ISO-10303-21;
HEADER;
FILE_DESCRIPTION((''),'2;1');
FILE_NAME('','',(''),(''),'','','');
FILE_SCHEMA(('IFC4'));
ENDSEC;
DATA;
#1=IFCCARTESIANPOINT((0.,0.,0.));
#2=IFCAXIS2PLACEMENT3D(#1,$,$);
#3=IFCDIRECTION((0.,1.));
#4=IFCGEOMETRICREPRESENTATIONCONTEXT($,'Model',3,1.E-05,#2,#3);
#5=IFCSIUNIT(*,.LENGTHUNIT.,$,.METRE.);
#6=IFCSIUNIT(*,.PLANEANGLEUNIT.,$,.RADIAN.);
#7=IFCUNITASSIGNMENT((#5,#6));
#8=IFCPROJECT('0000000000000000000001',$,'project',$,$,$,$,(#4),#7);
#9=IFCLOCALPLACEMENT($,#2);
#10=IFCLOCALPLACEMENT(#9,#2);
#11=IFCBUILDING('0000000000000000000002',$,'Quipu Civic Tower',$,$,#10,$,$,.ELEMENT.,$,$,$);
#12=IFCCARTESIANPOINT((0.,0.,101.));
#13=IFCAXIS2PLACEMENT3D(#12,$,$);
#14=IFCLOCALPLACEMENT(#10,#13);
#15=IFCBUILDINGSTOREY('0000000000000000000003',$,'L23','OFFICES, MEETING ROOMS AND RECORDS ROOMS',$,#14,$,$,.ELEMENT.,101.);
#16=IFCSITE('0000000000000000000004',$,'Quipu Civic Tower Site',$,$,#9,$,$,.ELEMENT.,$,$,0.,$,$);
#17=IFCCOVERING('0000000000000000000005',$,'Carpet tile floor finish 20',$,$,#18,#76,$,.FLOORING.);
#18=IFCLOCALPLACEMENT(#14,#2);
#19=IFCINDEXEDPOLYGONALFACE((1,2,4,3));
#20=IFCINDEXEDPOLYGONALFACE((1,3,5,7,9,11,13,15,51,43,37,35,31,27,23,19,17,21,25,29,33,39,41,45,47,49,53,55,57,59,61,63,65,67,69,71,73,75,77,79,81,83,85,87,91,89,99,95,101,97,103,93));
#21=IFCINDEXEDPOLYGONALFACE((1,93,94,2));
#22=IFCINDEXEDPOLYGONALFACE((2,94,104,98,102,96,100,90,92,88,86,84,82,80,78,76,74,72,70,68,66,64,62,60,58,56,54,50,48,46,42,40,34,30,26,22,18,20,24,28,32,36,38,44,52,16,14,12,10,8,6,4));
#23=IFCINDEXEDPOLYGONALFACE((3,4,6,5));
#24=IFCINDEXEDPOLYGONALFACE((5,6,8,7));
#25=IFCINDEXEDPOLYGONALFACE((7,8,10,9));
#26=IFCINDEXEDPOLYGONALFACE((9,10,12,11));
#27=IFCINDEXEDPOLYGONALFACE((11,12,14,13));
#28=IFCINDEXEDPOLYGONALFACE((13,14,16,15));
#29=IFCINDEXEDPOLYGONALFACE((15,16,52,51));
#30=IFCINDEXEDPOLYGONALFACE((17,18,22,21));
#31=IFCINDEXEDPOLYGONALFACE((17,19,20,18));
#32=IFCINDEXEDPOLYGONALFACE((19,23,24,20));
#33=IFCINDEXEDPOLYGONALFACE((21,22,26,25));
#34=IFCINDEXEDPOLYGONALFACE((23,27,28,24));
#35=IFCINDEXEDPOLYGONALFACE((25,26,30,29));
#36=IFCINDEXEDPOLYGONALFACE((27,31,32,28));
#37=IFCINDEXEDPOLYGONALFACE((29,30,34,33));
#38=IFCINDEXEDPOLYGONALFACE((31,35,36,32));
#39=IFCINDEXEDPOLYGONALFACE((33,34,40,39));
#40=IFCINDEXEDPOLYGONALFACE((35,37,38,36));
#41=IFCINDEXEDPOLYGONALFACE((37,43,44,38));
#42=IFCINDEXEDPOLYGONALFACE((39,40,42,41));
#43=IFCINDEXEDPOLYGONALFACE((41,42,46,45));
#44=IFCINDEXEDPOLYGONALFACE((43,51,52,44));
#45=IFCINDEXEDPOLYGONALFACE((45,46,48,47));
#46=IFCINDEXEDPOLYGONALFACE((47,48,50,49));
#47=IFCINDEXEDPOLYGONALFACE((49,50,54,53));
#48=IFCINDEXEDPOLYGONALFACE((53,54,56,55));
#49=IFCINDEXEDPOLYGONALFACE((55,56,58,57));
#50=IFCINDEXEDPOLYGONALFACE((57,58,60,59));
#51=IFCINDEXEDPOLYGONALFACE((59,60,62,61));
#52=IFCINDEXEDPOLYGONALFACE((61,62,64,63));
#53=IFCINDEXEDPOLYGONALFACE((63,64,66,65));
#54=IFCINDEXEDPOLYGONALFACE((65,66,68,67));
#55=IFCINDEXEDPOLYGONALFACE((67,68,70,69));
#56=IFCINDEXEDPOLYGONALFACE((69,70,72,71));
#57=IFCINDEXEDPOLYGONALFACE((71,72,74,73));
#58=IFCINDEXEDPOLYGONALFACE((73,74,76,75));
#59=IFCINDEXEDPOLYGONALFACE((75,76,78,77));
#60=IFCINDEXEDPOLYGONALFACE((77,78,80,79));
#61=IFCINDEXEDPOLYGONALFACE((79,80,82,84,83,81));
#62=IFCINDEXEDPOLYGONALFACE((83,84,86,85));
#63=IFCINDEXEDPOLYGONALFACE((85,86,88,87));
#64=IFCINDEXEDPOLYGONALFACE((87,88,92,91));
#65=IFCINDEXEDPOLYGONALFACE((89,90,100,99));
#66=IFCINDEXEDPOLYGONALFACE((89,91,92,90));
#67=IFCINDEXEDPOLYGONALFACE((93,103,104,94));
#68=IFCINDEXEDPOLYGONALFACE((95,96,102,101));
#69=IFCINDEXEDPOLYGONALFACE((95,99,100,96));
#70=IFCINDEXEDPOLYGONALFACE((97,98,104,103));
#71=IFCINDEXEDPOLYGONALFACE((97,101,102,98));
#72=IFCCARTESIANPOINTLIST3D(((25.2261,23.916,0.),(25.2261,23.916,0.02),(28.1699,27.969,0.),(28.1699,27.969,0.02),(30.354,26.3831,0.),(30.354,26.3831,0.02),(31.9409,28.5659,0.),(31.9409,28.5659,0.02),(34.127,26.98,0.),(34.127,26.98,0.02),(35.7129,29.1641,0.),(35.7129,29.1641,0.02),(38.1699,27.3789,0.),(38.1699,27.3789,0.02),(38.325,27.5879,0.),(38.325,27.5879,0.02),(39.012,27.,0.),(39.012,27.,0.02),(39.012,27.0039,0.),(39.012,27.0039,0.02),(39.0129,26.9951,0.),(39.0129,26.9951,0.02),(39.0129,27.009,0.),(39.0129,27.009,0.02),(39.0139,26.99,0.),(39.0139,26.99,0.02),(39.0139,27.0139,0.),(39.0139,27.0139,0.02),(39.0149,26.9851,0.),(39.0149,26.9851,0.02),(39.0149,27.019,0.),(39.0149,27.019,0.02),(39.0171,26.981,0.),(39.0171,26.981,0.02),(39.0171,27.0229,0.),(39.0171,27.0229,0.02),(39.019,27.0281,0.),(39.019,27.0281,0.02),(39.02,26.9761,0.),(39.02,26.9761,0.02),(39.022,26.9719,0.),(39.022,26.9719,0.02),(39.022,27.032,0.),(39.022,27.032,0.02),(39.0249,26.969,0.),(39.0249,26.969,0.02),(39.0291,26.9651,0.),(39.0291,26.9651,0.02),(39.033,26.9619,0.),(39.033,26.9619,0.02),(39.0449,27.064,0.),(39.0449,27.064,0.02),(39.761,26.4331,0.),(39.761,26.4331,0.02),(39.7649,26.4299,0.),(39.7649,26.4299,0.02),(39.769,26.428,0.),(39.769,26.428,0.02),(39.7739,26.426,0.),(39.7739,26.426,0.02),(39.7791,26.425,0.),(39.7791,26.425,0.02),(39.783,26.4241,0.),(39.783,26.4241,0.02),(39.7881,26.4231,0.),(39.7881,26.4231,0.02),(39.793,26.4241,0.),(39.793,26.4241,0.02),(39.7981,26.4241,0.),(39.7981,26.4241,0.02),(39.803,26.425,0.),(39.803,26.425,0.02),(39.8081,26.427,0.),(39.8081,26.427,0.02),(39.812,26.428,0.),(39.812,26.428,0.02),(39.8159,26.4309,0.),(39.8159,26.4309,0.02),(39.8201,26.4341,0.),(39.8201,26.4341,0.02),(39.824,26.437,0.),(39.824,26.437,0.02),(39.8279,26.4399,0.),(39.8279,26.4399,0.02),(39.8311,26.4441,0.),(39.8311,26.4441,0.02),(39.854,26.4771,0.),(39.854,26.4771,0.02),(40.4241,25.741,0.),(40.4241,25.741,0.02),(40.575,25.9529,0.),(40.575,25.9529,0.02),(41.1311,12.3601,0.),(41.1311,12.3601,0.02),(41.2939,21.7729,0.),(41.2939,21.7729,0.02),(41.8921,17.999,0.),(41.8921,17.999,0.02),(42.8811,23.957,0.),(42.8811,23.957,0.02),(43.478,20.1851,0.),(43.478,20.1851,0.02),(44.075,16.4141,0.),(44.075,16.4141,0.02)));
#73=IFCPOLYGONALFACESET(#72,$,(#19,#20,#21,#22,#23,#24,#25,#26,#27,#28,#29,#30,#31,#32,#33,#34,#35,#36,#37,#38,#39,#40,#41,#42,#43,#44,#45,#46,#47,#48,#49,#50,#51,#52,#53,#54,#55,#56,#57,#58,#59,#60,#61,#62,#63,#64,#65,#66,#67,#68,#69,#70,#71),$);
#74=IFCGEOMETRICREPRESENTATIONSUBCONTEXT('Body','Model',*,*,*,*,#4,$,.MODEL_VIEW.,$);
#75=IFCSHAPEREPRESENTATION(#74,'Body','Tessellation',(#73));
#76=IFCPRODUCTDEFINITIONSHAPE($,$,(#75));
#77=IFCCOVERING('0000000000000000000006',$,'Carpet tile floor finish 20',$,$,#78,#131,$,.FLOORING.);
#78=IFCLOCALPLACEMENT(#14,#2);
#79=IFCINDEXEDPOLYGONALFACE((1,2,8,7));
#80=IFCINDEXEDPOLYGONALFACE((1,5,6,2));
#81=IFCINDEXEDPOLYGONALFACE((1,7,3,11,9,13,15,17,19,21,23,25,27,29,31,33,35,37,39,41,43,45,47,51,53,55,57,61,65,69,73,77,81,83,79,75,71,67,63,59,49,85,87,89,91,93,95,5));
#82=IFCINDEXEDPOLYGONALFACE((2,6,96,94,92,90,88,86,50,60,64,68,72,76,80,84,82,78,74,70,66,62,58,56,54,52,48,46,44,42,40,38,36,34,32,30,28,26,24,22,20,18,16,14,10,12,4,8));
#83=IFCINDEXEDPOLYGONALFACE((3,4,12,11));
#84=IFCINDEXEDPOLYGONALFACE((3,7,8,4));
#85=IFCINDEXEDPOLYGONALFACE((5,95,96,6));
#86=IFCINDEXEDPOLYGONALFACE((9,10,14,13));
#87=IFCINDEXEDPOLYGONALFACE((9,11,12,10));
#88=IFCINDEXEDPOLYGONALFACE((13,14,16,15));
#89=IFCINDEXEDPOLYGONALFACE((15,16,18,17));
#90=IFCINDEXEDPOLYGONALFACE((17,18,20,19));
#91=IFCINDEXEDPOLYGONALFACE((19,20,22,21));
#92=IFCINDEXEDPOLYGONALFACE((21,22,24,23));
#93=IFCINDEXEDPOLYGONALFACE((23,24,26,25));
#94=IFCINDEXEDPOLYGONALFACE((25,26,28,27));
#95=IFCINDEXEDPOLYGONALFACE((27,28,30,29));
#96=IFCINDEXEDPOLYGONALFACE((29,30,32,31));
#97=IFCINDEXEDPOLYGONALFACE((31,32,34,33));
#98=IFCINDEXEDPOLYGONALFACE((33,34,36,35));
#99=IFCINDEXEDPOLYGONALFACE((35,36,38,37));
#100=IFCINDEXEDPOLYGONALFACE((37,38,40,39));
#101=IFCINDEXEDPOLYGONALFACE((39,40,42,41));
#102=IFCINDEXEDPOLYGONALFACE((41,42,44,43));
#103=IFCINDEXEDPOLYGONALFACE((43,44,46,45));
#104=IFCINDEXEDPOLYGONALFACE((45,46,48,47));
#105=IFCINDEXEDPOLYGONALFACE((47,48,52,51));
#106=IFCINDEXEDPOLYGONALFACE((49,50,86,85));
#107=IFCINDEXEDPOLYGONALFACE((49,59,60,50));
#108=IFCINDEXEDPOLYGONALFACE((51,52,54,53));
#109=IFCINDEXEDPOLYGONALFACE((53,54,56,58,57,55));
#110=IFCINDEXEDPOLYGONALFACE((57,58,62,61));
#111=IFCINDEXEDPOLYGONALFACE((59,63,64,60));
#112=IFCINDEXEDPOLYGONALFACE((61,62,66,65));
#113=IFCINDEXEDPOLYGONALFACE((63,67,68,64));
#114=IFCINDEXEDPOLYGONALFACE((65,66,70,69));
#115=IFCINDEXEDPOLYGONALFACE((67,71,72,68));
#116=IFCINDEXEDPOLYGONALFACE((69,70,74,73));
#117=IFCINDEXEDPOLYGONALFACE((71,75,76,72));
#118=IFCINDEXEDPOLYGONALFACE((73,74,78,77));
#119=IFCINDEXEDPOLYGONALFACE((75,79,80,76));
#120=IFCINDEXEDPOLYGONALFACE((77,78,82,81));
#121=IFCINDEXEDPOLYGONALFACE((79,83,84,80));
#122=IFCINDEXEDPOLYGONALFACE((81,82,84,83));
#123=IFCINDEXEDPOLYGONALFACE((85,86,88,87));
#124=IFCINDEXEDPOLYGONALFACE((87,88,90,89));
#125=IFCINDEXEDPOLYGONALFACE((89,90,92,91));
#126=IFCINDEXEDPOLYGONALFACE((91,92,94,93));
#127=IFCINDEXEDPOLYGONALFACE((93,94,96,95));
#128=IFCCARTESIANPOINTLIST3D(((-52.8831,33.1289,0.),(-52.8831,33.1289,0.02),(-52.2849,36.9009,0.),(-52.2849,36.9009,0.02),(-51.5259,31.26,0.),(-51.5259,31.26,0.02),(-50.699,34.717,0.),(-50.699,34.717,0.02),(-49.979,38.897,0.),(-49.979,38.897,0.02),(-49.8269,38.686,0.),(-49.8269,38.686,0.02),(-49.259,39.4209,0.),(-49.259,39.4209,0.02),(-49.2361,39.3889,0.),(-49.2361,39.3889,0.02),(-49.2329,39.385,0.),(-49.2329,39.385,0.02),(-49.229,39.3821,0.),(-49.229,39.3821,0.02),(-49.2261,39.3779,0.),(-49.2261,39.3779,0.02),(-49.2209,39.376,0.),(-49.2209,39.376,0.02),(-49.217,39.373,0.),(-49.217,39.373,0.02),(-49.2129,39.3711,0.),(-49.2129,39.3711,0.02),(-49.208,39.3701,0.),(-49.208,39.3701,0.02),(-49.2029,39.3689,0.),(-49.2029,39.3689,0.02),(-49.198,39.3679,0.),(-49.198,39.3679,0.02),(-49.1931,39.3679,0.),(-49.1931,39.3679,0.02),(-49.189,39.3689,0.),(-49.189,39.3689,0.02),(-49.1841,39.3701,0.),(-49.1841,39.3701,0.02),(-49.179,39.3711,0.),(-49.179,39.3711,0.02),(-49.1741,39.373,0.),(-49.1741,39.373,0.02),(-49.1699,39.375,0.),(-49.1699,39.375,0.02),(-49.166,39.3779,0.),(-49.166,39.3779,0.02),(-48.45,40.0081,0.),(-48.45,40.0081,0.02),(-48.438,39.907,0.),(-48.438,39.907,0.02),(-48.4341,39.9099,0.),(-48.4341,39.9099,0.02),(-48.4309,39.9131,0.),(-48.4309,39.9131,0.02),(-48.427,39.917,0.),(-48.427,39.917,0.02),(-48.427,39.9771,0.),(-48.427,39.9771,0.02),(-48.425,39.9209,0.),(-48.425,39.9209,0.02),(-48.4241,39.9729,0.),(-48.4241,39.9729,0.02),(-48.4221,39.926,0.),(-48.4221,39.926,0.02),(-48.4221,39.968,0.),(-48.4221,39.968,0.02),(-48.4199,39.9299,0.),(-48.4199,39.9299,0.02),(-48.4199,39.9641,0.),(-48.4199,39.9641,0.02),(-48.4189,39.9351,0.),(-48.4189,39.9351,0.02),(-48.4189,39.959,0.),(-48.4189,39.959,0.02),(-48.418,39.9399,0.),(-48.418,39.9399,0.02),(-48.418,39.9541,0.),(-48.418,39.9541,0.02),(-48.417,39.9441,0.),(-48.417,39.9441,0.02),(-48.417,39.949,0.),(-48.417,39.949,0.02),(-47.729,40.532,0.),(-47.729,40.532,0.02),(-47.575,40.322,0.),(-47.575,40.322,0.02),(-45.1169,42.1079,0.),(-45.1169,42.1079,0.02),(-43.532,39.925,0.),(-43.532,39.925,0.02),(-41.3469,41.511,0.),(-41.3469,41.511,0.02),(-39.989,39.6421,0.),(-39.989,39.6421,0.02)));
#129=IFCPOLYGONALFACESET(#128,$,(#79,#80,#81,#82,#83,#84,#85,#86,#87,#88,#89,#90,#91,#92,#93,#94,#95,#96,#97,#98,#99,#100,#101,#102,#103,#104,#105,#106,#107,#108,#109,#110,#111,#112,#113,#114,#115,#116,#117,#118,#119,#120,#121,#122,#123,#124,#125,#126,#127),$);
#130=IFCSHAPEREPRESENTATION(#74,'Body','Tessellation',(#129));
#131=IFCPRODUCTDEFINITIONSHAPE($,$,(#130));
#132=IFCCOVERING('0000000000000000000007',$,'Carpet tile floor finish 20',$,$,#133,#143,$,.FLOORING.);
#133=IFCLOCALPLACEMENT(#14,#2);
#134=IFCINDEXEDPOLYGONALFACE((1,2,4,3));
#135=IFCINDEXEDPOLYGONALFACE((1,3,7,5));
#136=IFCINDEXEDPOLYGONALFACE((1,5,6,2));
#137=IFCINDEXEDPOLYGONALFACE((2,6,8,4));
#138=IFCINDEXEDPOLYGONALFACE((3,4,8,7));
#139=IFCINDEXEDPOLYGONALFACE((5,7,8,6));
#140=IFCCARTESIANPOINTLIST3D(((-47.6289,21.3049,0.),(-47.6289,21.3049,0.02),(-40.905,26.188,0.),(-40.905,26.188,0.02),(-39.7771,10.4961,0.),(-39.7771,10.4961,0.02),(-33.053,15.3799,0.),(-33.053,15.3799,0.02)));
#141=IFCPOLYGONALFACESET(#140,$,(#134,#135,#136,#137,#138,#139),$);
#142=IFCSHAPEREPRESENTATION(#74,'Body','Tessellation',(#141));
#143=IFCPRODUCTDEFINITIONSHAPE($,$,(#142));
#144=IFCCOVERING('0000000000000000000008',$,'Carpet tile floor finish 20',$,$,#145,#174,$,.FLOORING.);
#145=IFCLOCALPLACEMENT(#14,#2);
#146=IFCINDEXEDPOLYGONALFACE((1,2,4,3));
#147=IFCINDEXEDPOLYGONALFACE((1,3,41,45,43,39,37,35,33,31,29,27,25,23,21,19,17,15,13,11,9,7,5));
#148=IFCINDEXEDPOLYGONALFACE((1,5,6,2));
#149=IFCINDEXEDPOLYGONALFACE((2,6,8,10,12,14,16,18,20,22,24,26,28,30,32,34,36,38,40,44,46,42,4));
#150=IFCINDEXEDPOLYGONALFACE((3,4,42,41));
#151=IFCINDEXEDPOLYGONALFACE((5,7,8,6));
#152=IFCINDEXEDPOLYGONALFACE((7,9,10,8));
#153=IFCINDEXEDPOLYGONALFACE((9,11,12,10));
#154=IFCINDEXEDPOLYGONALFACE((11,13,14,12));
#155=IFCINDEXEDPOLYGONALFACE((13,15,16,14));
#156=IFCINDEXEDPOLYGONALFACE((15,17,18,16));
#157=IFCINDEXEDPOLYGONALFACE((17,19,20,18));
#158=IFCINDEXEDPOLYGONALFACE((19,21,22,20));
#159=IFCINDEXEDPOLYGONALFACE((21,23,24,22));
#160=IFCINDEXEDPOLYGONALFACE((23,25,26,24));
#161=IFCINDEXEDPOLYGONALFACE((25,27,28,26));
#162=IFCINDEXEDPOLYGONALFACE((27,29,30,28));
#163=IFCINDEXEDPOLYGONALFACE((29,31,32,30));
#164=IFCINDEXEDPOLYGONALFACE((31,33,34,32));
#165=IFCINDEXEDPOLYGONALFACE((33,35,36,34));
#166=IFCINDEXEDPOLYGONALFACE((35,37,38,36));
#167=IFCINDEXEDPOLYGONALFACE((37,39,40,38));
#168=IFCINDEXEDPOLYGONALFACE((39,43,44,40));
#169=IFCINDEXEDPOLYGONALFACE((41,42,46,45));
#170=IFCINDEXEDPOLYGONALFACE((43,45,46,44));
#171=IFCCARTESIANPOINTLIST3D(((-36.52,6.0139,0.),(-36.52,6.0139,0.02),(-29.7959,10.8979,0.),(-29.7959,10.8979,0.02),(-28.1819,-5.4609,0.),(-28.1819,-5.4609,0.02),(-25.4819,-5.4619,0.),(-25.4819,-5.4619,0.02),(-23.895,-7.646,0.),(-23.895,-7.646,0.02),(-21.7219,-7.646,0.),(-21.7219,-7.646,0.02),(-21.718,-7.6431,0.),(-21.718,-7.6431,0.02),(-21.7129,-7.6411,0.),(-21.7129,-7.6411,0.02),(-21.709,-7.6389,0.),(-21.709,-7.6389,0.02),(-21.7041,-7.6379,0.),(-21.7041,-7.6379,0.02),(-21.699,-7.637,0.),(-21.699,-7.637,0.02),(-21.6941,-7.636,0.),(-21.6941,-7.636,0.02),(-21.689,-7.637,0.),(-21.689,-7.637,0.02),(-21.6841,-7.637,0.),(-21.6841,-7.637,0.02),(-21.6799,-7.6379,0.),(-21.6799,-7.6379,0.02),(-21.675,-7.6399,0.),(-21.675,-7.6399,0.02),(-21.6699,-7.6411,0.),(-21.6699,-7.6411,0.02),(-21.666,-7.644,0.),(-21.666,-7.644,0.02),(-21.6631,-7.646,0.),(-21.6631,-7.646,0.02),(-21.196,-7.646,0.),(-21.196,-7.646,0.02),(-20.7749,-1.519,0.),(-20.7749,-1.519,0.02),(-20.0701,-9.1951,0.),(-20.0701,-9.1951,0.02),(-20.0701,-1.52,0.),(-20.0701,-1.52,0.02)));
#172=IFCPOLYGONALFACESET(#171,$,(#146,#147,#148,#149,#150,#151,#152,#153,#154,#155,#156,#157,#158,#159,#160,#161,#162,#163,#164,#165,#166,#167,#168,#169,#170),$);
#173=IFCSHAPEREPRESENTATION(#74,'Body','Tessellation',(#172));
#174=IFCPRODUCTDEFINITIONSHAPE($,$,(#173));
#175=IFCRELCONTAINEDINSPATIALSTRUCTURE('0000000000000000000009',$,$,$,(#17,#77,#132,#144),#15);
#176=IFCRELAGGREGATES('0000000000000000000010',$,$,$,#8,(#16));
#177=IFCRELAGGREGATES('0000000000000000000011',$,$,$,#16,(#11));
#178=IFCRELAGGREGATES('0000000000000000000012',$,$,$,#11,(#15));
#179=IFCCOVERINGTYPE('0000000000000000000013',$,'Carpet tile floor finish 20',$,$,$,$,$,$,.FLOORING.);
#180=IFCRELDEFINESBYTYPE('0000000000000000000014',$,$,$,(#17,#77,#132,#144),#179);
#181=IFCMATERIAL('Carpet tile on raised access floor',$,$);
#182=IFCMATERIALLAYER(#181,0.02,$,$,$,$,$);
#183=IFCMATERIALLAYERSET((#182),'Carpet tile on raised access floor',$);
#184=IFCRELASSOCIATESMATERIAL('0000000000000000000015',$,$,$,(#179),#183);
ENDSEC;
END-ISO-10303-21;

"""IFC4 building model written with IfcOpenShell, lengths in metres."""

from ifc_helpers import new_model, si_unit, direction, frame, origin, place, context, subcontext, project, spatial, polyline, outline, extrude, material, layer, layer_set, type_object, element, save


model = new_model("IFC4")

# Units and contexts
model_context = context("Model", 3, precision=1e-05, world=origin(), true_north=direction((0.0, 1.0)))
body_context = subcontext(model_context, "Body", "Model", "MODEL_VIEW")
ifc_project = project(units=[si_unit("LENGTHUNIT", "METRE"), si_unit("PLANEANGLEUNIT", "RADIAN")], contexts=[model_context])

# Site, building, storey
site_placement = place(None, origin())
site = spatial("IfcSite", under=ifc_project, at=site_placement, Name="Quipu Civic Tower Site", CompositionType="ELEMENT", RefElevation=0.0)
building_placement = place(site_placement, origin())
building = spatial("IfcBuilding", under=site, at=building_placement, Name="Quipu Civic Tower", CompositionType="ELEMENT")
storey_placement = place(building_placement, frame((0.0, 0.0, 101.0)))
storey = spatial("IfcBuildingStorey", under=building, at=storey_placement, Name="L23", Description="OFFICES, MEETING ROOMS AND RECORDS ROOMS", CompositionType="ELEMENT", Elevation=101.0)

# Coverings
ifc_material_1 = material(Name="Carpet tile on raised access floor")
ifc_layer_1 = layer(ifc_material_1, 0.02)
ifc_layer_set_1 = layer_set([ifc_layer_1], Name="Carpet tile on raised access floor")
covering_type_1 = type_object("IfcCoveringType", Name="Carpet tile floor finish 20", PredefinedType="FLOORING", material=ifc_layer_set_1)
covering_1_placement = place(storey_placement, origin())
element("IfcCovering", 1, at=covering_1_placement, inside=storey, type_object=covering_type_1, Name="Carpet tile floor finish 20", PredefinedType="FLOORING", context=body_context, shape_type="SweptSolid", body=[
    extrude(outline(polyline([(25.2261, 23.916), (28.1699, 27.969), (30.354, 26.3831), (31.9409, 28.5659), (34.127, 26.98), (35.7129, 29.1641), (38.1699, 27.3789), (38.325, 27.5879), (39.0449, 27.064), (39.022, 27.032), (39.019, 27.0281), (39.0171, 27.0229), (39.0149, 27.019), (39.0139, 27.0139), (39.0129, 27.009), (39.012, 27.0039), (39.012, 27.0), (39.0129, 26.9951), (39.0139, 26.99), (39.0149, 26.9851), (39.0171, 26.981), (39.02, 26.9761), (39.022, 26.9719), (39.0249, 26.969), (39.0291, 26.9651), (39.033, 26.9619), (39.761, 26.4331), (39.7649, 26.4299), (39.769, 26.428), (39.7739, 26.426), (39.7791, 26.425), (39.783, 26.4241), (39.7881, 26.4231), (39.793, 26.4241), (39.7981, 26.4241), (39.803, 26.425), (39.8081, 26.427), (39.812, 26.428), (39.8159, 26.4309), (39.8201, 26.4341), (39.824, 26.437), (39.8279, 26.4399), (39.8311, 26.4441), (39.854, 26.4771), (40.575, 25.9529), (40.4241, 25.741), (42.8811, 23.957), (41.2939, 21.7729), (43.478, 20.1851), (41.8921, 17.999), (44.075, 16.4141), (41.1311, 12.3601), (25.2261, 23.916)])), origin(), (0.0, 0.0, 1.0), 0.02),
])
covering_2_placement = place(storey_placement, origin())
element("IfcCovering", 2, at=covering_2_placement, inside=storey, type_object=covering_type_1, Name="Carpet tile floor finish 20", PredefinedType="FLOORING", context=body_context, shape_type="SweptSolid", body=[
    extrude(outline(polyline([(-52.8831, 33.1289), (-50.699, 34.717), (-52.2849, 36.9009), (-49.8269, 38.686), (-49.979, 38.897), (-49.259, 39.4209), (-49.2361, 39.3889), (-49.2329, 39.385), (-49.229, 39.3821), (-49.2261, 39.3779), (-49.2209, 39.376), (-49.217, 39.373), (-49.2129, 39.3711), (-49.208, 39.3701), (-49.2029, 39.3689), (-49.198, 39.3679), (-49.1931, 39.3679), (-49.189, 39.3689), (-49.1841, 39.3701), (-49.179, 39.3711), (-49.1741, 39.373), (-49.1699, 39.375), (-49.166, 39.3779), (-48.438, 39.907), (-48.4341, 39.9099), (-48.4309, 39.9131), (-48.427, 39.917), (-48.425, 39.9209), (-48.4221, 39.926), (-48.4199, 39.9299), (-48.4189, 39.9351), (-48.418, 39.9399), (-48.417, 39.9441), (-48.417, 39.949), (-48.418, 39.9541), (-48.4189, 39.959), (-48.4199, 39.9641), (-48.4221, 39.968), (-48.4241, 39.9729), (-48.427, 39.9771), (-48.45, 40.0081), (-47.729, 40.532), (-47.575, 40.322), (-45.1169, 42.1079), (-43.532, 39.925), (-41.3469, 41.511), (-39.989, 39.6421), (-51.5259, 31.26), (-52.8831, 33.1289)])), origin(), (0.0, 0.0, 1.0), 0.02),
])
covering_3_placement = place(storey_placement, origin())
element("IfcCovering", 3, at=covering_3_placement, inside=storey, type_object=covering_type_1, Name="Carpet tile floor finish 20", PredefinedType="FLOORING", context=body_context, shape_type="SweptSolid", body=[
    extrude(outline(polyline([(-47.6289, 21.3049), (-40.905, 26.188), (-33.053, 15.3799), (-39.7771, 10.4961), (-47.6289, 21.3049)])), origin(), (0.0, 0.0, 1.0), 0.02),
])
covering_4_placement = place(storey_placement, origin())
element("IfcCovering", 4, at=covering_4_placement, inside=storey, type_object=covering_type_1, Name="Carpet tile floor finish 20", PredefinedType="FLOORING", context=body_context, shape_type="SweptSolid", body=[
    extrude(outline(polyline([(-36.52, 6.0139), (-29.7959, 10.8979), (-20.7749, -1.519), (-20.0701, -1.52), (-20.0701, -9.1951), (-21.196, -7.646), (-21.6631, -7.646), (-21.666, -7.644), (-21.6699, -7.6411), (-21.675, -7.6399), (-21.6799, -7.6379), (-21.6841, -7.637), (-21.689, -7.637), (-21.6941, -7.636), (-21.699, -7.637), (-21.7041, -7.6379), (-21.709, -7.6389), (-21.7129, -7.6411), (-21.718, -7.6431), (-21.7219, -7.646), (-21.7219, -7.646), (-23.895, -7.646), (-25.4819, -5.4619), (-28.1819, -5.4609), (-36.52, 6.0139)])), origin(), (0.0, 0.0, 1.0), 0.02),
])

save(model, "model.ifc")
